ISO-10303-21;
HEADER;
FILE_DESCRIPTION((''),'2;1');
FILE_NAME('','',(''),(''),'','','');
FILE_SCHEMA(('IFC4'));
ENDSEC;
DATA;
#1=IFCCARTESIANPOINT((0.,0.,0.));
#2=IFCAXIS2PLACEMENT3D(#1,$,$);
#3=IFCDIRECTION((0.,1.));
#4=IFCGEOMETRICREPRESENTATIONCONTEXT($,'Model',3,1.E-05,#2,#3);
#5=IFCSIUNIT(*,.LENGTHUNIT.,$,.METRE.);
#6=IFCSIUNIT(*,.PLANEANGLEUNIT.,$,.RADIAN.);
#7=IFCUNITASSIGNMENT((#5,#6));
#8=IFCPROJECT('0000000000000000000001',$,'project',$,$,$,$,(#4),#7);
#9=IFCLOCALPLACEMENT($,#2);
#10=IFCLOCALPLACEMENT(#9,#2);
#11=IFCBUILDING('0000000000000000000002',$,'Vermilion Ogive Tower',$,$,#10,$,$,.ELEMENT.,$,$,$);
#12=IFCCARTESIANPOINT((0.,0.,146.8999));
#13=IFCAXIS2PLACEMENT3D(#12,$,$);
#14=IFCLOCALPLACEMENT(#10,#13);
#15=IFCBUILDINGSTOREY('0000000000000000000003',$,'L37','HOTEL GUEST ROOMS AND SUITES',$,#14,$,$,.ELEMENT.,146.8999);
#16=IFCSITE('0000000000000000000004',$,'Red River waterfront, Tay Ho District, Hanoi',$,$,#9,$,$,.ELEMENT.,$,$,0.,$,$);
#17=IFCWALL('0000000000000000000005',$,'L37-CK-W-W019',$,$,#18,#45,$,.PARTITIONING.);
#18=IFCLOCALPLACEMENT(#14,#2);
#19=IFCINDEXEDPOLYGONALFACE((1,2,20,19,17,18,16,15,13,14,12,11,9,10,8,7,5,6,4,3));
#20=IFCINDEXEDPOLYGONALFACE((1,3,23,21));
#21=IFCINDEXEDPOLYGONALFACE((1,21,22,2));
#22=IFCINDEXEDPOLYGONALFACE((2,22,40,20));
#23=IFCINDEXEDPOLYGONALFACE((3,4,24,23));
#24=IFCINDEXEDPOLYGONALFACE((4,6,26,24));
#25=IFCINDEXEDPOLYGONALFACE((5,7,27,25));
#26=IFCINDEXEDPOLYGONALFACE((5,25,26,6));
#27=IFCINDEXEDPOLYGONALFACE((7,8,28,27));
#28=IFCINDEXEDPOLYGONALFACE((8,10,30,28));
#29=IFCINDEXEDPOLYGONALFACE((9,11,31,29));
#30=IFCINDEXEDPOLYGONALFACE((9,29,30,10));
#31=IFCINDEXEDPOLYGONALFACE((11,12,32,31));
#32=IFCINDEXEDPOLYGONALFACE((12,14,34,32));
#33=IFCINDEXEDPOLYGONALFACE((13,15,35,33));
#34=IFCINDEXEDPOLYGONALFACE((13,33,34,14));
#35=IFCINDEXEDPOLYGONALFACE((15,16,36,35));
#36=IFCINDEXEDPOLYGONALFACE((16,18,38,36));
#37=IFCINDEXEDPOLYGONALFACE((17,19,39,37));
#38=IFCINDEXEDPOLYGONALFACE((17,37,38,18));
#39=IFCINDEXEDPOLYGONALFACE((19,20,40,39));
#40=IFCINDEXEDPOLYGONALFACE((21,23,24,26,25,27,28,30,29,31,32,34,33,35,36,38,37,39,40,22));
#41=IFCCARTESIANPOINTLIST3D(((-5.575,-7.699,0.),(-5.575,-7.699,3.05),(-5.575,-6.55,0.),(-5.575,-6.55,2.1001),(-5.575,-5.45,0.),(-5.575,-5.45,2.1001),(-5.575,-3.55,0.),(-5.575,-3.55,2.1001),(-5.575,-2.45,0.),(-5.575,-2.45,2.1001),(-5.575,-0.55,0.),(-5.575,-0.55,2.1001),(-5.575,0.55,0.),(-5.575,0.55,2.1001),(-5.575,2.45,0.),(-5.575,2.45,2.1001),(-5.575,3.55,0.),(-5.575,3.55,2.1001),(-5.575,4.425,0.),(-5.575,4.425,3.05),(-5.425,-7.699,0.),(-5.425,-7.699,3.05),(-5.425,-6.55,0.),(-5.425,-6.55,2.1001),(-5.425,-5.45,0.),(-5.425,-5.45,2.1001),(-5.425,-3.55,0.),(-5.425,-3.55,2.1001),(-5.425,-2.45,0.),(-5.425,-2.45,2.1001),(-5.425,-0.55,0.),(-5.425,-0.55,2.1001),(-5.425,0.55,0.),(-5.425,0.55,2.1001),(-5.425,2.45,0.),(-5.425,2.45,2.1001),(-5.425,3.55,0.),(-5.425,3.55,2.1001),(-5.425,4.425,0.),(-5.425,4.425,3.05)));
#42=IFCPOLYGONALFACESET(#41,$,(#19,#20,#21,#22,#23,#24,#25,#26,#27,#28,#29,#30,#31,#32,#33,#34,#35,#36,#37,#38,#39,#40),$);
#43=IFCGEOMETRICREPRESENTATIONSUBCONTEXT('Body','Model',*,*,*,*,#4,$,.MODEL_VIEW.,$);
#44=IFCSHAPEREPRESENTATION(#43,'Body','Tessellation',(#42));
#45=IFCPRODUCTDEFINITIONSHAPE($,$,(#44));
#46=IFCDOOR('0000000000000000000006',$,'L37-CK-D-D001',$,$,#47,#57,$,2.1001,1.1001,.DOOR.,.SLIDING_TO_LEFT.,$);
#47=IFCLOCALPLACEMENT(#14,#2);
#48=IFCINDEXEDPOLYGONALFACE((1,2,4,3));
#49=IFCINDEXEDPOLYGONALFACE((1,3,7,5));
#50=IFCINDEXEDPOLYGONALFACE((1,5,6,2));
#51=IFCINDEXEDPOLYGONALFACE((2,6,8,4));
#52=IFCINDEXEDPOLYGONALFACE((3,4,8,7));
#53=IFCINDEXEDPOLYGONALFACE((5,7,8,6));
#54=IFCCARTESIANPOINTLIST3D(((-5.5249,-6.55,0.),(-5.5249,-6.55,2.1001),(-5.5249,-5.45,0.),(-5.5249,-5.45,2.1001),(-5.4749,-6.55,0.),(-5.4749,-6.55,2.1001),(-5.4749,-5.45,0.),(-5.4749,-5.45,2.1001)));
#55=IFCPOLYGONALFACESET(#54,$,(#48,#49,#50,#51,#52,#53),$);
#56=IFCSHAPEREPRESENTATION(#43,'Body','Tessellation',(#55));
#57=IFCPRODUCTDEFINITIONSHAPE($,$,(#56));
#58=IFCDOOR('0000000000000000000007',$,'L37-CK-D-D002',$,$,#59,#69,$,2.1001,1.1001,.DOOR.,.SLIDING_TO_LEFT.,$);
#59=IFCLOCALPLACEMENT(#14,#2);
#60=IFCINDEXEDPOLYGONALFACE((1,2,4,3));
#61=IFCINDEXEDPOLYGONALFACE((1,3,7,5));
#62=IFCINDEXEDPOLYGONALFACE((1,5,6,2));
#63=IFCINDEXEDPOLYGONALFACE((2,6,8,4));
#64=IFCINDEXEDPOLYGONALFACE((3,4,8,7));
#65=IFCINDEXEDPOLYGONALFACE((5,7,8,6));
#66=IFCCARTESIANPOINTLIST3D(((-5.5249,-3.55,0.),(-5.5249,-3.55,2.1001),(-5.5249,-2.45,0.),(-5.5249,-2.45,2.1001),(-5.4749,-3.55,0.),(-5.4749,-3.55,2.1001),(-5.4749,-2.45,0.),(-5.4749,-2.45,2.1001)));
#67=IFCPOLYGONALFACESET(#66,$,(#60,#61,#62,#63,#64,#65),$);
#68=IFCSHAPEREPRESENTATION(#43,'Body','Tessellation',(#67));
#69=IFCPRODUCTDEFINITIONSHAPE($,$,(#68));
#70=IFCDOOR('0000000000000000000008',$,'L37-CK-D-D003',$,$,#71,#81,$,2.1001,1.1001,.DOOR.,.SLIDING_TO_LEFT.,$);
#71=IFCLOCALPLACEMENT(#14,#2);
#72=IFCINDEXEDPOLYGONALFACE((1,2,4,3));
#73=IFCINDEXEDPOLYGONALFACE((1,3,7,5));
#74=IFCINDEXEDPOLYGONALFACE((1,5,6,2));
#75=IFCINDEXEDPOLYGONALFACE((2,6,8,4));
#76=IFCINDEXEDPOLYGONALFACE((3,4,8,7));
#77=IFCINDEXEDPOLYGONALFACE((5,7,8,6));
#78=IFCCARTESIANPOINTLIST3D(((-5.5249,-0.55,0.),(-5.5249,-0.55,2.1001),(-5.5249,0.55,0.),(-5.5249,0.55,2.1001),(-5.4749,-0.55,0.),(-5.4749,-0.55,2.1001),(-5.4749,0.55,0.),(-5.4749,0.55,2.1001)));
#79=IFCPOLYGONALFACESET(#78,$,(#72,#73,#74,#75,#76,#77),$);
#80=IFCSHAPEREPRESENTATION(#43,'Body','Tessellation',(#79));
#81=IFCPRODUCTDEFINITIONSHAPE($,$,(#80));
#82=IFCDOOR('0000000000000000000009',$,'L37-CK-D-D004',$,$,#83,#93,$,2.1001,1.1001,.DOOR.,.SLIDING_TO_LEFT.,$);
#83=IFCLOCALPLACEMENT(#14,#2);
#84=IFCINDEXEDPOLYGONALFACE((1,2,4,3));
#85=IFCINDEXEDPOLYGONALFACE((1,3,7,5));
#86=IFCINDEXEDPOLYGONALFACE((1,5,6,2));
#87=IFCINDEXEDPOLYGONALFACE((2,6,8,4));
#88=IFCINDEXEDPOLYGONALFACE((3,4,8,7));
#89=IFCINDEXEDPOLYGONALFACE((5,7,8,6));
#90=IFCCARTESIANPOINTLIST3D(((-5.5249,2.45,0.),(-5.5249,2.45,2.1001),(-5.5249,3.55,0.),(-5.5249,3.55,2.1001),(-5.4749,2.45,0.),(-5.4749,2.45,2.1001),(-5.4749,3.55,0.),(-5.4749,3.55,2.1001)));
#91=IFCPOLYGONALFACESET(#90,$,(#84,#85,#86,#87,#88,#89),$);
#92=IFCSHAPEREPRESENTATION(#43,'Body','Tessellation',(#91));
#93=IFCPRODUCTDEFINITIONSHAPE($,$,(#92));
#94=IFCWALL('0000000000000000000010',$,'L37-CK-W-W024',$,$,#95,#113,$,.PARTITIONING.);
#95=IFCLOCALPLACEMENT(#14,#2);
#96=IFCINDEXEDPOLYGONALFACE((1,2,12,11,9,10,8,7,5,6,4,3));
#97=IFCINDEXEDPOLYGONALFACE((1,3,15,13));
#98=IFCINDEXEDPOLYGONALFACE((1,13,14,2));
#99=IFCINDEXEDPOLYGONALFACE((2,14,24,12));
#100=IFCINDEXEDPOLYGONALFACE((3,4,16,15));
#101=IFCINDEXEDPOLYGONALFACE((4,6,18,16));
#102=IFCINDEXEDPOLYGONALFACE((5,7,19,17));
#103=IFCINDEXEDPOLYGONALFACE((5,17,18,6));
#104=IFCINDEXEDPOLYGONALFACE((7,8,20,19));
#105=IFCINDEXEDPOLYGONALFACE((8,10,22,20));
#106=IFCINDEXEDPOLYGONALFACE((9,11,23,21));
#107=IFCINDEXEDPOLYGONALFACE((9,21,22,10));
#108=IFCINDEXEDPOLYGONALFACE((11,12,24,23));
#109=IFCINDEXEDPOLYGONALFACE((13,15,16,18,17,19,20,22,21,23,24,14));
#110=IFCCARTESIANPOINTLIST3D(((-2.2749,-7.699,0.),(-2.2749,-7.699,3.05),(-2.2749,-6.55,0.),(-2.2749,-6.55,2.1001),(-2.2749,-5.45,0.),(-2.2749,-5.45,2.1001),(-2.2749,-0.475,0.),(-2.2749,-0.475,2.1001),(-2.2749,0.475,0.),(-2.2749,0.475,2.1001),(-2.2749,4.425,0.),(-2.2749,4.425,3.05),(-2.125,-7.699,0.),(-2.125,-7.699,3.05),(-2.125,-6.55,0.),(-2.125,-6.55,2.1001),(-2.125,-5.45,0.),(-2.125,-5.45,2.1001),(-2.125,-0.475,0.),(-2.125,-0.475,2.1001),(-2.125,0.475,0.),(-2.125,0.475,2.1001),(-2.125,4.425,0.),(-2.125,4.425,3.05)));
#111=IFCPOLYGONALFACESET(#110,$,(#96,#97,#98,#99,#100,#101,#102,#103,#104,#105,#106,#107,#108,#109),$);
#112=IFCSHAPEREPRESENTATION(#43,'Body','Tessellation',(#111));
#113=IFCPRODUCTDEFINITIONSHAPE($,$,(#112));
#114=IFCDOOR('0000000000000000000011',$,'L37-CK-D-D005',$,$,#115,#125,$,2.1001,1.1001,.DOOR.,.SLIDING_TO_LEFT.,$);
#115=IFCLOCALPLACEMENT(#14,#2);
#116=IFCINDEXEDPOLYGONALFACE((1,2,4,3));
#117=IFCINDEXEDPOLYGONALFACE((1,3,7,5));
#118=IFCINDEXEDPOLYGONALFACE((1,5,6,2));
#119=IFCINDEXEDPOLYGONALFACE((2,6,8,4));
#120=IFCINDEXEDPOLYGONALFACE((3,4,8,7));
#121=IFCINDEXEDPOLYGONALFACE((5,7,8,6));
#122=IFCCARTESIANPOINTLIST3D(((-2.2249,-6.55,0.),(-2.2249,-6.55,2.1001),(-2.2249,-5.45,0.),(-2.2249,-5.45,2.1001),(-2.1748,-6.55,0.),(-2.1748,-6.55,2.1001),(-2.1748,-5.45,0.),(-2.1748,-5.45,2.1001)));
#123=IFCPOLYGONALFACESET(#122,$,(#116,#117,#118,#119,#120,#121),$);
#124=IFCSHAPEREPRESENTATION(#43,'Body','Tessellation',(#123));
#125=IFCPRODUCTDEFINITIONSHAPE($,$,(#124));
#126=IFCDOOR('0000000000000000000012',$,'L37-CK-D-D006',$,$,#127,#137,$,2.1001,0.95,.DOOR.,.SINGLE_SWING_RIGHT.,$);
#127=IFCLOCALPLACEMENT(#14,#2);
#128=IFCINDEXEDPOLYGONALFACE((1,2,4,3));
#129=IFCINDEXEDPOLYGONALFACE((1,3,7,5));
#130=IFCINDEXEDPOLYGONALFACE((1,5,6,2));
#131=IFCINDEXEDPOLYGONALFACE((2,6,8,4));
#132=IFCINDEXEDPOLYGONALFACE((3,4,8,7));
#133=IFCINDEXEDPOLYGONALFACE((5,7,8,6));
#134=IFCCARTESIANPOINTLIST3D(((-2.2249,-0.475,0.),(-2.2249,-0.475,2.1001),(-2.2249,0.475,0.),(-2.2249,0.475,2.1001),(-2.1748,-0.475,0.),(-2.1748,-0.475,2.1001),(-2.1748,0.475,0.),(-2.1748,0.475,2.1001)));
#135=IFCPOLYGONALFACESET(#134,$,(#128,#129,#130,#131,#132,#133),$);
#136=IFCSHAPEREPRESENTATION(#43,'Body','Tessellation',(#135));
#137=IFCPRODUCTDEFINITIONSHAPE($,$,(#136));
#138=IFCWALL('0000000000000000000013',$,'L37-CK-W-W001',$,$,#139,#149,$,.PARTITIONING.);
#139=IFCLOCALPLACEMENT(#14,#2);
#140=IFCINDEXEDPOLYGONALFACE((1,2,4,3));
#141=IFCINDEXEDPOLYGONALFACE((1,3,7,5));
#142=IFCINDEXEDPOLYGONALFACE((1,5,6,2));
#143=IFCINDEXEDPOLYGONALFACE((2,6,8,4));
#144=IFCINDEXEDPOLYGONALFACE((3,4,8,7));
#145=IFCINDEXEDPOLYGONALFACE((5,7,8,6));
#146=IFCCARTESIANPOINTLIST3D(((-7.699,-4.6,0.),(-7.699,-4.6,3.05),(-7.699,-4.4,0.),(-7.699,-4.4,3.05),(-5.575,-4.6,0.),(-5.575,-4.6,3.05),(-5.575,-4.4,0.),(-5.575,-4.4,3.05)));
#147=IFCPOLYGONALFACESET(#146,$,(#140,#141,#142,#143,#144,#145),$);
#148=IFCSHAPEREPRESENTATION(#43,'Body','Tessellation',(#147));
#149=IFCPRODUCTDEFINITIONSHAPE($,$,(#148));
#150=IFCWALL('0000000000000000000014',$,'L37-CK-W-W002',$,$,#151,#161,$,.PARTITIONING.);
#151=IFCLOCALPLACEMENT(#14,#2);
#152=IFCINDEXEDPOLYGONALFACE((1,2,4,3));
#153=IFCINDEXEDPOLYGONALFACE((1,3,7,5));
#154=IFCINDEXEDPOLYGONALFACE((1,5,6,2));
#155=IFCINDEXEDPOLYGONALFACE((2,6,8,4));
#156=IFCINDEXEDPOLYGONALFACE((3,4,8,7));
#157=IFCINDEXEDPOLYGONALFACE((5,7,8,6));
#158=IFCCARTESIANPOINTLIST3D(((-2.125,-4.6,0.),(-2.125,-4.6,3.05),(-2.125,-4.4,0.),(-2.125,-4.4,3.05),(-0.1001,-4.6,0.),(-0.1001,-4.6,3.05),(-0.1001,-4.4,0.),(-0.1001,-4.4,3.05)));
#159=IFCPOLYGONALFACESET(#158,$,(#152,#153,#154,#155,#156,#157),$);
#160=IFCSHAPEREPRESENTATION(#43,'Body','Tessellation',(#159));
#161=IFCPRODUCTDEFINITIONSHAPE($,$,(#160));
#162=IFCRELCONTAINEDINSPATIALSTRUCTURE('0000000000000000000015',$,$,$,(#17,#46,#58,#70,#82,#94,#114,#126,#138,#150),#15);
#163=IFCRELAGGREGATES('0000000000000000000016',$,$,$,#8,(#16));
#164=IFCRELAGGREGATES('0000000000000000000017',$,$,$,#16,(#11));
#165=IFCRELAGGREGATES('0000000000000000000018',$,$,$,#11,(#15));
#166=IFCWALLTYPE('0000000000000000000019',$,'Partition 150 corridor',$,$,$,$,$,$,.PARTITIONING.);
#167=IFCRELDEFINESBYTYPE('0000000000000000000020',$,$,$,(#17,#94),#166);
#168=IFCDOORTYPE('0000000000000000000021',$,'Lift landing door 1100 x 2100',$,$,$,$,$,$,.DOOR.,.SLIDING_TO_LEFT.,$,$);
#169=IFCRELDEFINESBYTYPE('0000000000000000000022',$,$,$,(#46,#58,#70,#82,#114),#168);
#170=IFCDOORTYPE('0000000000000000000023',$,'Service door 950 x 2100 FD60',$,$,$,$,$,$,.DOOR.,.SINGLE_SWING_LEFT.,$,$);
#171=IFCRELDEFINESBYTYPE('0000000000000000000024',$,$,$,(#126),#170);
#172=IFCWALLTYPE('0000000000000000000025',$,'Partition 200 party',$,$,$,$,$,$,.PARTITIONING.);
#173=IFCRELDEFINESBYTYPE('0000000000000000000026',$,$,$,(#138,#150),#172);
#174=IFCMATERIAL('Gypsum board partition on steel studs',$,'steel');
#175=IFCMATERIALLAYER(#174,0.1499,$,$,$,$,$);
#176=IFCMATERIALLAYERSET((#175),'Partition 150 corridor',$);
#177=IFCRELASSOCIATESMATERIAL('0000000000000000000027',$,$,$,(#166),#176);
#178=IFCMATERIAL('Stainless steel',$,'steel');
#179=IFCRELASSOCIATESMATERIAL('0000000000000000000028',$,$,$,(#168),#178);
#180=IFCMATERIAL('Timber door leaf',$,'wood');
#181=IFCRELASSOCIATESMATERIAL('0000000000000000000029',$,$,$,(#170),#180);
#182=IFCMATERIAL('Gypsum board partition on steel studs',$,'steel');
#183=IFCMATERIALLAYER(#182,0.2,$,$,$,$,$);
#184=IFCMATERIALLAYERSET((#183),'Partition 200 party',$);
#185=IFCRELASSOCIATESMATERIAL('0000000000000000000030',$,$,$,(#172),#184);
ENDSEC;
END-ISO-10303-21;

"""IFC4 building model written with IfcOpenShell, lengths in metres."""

from ifc_helpers import new_model, si_unit, direction, frame, frame_2d, origin, place, context, subcontext, project, spatial, rectangle, extrude, material, layer, layer_set, type_object, element, fill, save


model = new_model("IFC4")

# Units and contexts
model_context = context("Model", 3, precision=1e-05, world=origin(), true_north=direction((0.0, 1.0)))
body_context = subcontext(model_context, "Body", "Model", "MODEL_VIEW")
ifc_project = project(units=[si_unit("LENGTHUNIT", "METRE"), si_unit("PLANEANGLEUNIT", "RADIAN")], contexts=[model_context])

# Site, building, storey
site_placement = place(None, origin())
site = spatial("IfcSite", under=ifc_project, at=site_placement, Name="Red River waterfront, Tay Ho District, Hanoi", CompositionType="ELEMENT", RefElevation=0.0)
building_placement = place(site_placement, origin())
building = spatial("IfcBuilding", under=site, at=building_placement, Name="Vermilion Ogive Tower", CompositionType="ELEMENT")
storey_placement = place(building_placement, frame((0.0, 0.0, 146.8999)))
storey = spatial("IfcBuildingStorey", under=building, at=storey_placement, Name="L37", Description="HOTEL GUEST ROOMS AND SUITES", CompositionType="ELEMENT", Elevation=146.8999)

# Walls, openings, doors
ifc_material_1 = material(Name="Gypsum board partition on steel studs", Category="steel")
ifc_layer_1 = layer(ifc_material_1, 0.1499)
ifc_layer_set_1 = layer_set([ifc_layer_1], Name="Partition 150 corridor")
wall_type_1 = type_object("IfcWallType", Name="Partition 150 corridor", PredefinedType="PARTITIONING", material=ifc_layer_set_1)
wall_1_placement = place(storey_placement, frame((-5.5, -7.699, 0.0), z_axis=(0.0, 0.0, 1.0), x_axis=(0.0, 1.0, 0.0)))
wall_1 = element("IfcWall", 1, at=wall_1_placement, inside=storey, type_object=wall_type_1, Name="L37-CK-W-W019", PredefinedType="PARTITIONING", context=body_context, shape_type="SweptSolid", body=[
    extrude(rectangle(XDim=12.124, YDim=0.1499, at=frame_2d((6.062, 0.0))), origin(), (0.0, 0.0, 1.0), 3.05),
])
opening_1_placement = place(wall_1_placement, frame((1.1489, 0.0, 0.0)))
opening_1 = element("IfcOpeningElement", 2, at=opening_1_placement, cuts=wall_1, PredefinedType="OPENING", context=body_context, shape_type="SweptSolid", body=[
    extrude(rectangle(XDim=1.1001, YDim=2.1001, at=frame_2d((0.55, 1.05))), frame((0.0, 0.085, 0.0), z_axis=(0.0, -1.0, 0.0), x_axis=(1.0, 0.0, 0.0)), (0.0, 0.0, 1.0), 0.1699),
])
opening_2_placement = place(wall_1_placement, frame((4.1489, 0.0, 0.0)))
opening_2 = element("IfcOpeningElement", 3, at=opening_2_placement, cuts=wall_1, PredefinedType="OPENING", context=body_context, shape_type="SweptSolid", body=[
    extrude(rectangle(XDim=1.1001, YDim=2.1001, at=frame_2d((0.55, 1.05))), frame((0.0, 0.085, 0.0), z_axis=(0.0, -1.0, 0.0), x_axis=(1.0, 0.0, 0.0)), (0.0, 0.0, 1.0), 0.1699),
])
opening_3_placement = place(wall_1_placement, frame((7.1489, 0.0, 0.0)))
opening_3 = element("IfcOpeningElement", 4, at=opening_3_placement, cuts=wall_1, PredefinedType="OPENING", context=body_context, shape_type="SweptSolid", body=[
    extrude(rectangle(XDim=1.1001, YDim=2.1001, at=frame_2d((0.55, 1.05))), frame((0.0, 0.085, 0.0), z_axis=(0.0, -1.0, 0.0), x_axis=(1.0, 0.0, 0.0)), (0.0, 0.0, 1.0), 0.1699),
])
opening_4_placement = place(wall_1_placement, frame((10.1489, 0.0, 0.0)))
opening_4 = element("IfcOpeningElement", 5, at=opening_4_placement, cuts=wall_1, PredefinedType="OPENING", context=body_context, shape_type="SweptSolid", body=[
    extrude(rectangle(XDim=1.1001, YDim=2.1001, at=frame_2d((0.55, 1.05))), frame((0.0, 0.085, 0.0), z_axis=(0.0, -1.0, 0.0), x_axis=(1.0, 0.0, 0.0)), (0.0, 0.0, 1.0), 0.1699),
])
ifc_material_2 = material(Name="Stainless steel", Category="steel")
door_type_1 = type_object("IfcDoorType", Name="Lift landing door 1100 x 2100", OperationType="SLIDING_TO_LEFT", PredefinedType="DOOR", material=ifc_material_2)
door_1_placement = place(opening_1_placement, origin())
door_1 = element("IfcDoor", 6, at=door_1_placement, inside=storey, type_object=door_type_1, Name="L37-CK-D-D001", OperationType="SLIDING_TO_LEFT", OverallHeight=2.1001, OverallWidth=1.1001, PredefinedType="DOOR", context=body_context, shape_type="SweptSolid", body=[
    extrude(rectangle(XDim=1.1001, YDim=2.1001, at=frame_2d((0.55, 1.05))), frame((0.0, 0.0249, 0.0), z_axis=(0.0, -1.0, 0.0), x_axis=(1.0, 0.0, 0.0)), (0.0, 0.0, 1.0), 0.05),
])
fill(opening_1, door_1)
door_2_placement = place(opening_2_placement, origin())
door_2 = element("IfcDoor", 7, at=door_2_placement, inside=storey, type_object=door_type_1, Name="L37-CK-D-D002", OperationType="SLIDING_TO_LEFT", OverallHeight=2.1001, OverallWidth=1.1001, PredefinedType="DOOR", context=body_context, shape_type="SweptSolid", body=[
    extrude(rectangle(XDim=1.1001, YDim=2.1001, at=frame_2d((0.55, 1.05))), frame((0.0, 0.0249, 0.0), z_axis=(0.0, -1.0, 0.0), x_axis=(1.0, 0.0, 0.0)), (0.0, 0.0, 1.0), 0.05),
])
fill(opening_2, door_2)
door_3_placement = place(opening_3_placement, origin())
door_3 = element("IfcDoor", 8, at=door_3_placement, inside=storey, type_object=door_type_1, Name="L37-CK-D-D003", OperationType="SLIDING_TO_LEFT", OverallHeight=2.1001, OverallWidth=1.1001, PredefinedType="DOOR", context=body_context, shape_type="SweptSolid", body=[
    extrude(rectangle(XDim=1.1001, YDim=2.1001, at=frame_2d((0.55, 1.05))), frame((0.0, 0.0249, 0.0), z_axis=(0.0, -1.0, 0.0), x_axis=(1.0, 0.0, 0.0)), (0.0, 0.0, 1.0), 0.05),
])
fill(opening_3, door_3)
door_4_placement = place(opening_4_placement, origin())
door_4 = element("IfcDoor", 9, at=door_4_placement, inside=storey, type_object=door_type_1, Name="L37-CK-D-D004", OperationType="SLIDING_TO_LEFT", OverallHeight=2.1001, OverallWidth=1.1001, PredefinedType="DOOR", context=body_context, shape_type="SweptSolid", body=[
    extrude(rectangle(XDim=1.1001, YDim=2.1001, at=frame_2d((0.55, 1.05))), frame((0.0, 0.0249, 0.0), z_axis=(0.0, -1.0, 0.0), x_axis=(1.0, 0.0, 0.0)), (0.0, 0.0, 1.0), 0.05),
])
fill(opening_4, door_4)
wall_2_placement = place(storey_placement, frame((-2.2, -7.699, 0.0), z_axis=(0.0, 0.0, 1.0), x_axis=(0.0, 1.0, 0.0)))
wall_2 = element("IfcWall", 10, at=wall_2_placement, inside=storey, type_object=wall_type_1, Name="L37-CK-W-W024", PredefinedType="PARTITIONING", context=body_context, shape_type="SweptSolid", body=[
    extrude(rectangle(XDim=12.124, YDim=0.1499, at=frame_2d((6.062, 0.0))), origin(), (0.0, 0.0, 1.0), 3.05),
])
opening_5_placement = place(wall_2_placement, frame((1.1489, 0.0, 0.0)))
opening_5 = element("IfcOpeningElement", 11, at=opening_5_placement, cuts=wall_2, PredefinedType="OPENING", context=body_context, shape_type="SweptSolid", body=[
    extrude(rectangle(XDim=1.1001, YDim=2.1001, at=frame_2d((0.55, 1.05))), frame((0.0, 0.085, 0.0), z_axis=(0.0, -1.0, 0.0), x_axis=(1.0, 0.0, 0.0)), (0.0, 0.0, 1.0), 0.1699),
])
opening_6_placement = place(wall_2_placement, frame((7.2239, 0.0, 0.0)))
opening_6 = element("IfcOpeningElement", 12, at=opening_6_placement, cuts=wall_2, PredefinedType="OPENING", context=body_context, shape_type="SweptSolid", body=[
    extrude(rectangle(XDim=0.95, YDim=2.1001, at=frame_2d((0.4751, 1.05))), frame((0.0, 0.085, 0.0), z_axis=(0.0, -1.0, 0.0), x_axis=(1.0, 0.0, 0.0)), (0.0, 0.0, 1.0), 0.1699),
])
door_5_placement = place(opening_5_placement, origin())
door_5 = element("IfcDoor", 13, at=door_5_placement, inside=storey, type_object=door_type_1, Name="L37-CK-D-D005", OperationType="SLIDING_TO_LEFT", OverallHeight=2.1001, OverallWidth=1.1001, PredefinedType="DOOR", context=body_context, shape_type="SweptSolid", body=[
    extrude(rectangle(XDim=1.1001, YDim=2.1001, at=frame_2d((0.55, 1.05))), frame((0.0, 0.0249, 0.0), z_axis=(0.0, -1.0, 0.0), x_axis=(1.0, 0.0, 0.0)), (0.0, 0.0, 1.0), 0.05),
])
fill(opening_5, door_5)
ifc_material_3 = material(Name="Timber door leaf", Category="wood")
door_type_2 = type_object("IfcDoorType", Name="Service door 950 x 2100 FD60", OperationType="SINGLE_SWING_LEFT", PredefinedType="DOOR", material=ifc_material_3)
door_6_placement = place(opening_6_placement, origin())
door_6 = element("IfcDoor", 14, at=door_6_placement, inside=storey, type_object=door_type_2, Name="L37-CK-D-D006", OperationType="SINGLE_SWING_RIGHT", OverallHeight=2.1001, OverallWidth=0.95, PredefinedType="DOOR", context=body_context, shape_type="SweptSolid", body=[
    extrude(rectangle(XDim=0.95, YDim=2.1001, at=frame_2d((0.4751, 1.05))), frame((0.0, 0.0249, 0.0), z_axis=(0.0, -1.0, 0.0), x_axis=(1.0, 0.0, 0.0)), (0.0, 0.0, 1.0), 0.05),
])
fill(opening_6, door_6)

# Walls
ifc_material_4 = material(Name="Gypsum board partition on steel studs", Category="steel")
ifc_layer_2 = layer(ifc_material_4, 0.2)
ifc_layer_set_2 = layer_set([ifc_layer_2], Name="Partition 200 party")
wall_type_2 = type_object("IfcWallType", Name="Partition 200 party", PredefinedType="PARTITIONING", material=ifc_layer_set_2)
wall_3_placement = place(storey_placement, frame((-7.699, -4.5, 0.0), z_axis=(0.0, 0.0, 1.0), x_axis=(1.0, 0.0, 0.0)))
element("IfcWall", 15, at=wall_3_placement, inside=storey, type_object=wall_type_2, Name="L37-CK-W-W001", PredefinedType="PARTITIONING", context=body_context, shape_type="SweptSolid", body=[
    extrude(rectangle(XDim=2.124, YDim=0.2, at=frame_2d((1.062, 0.0))), origin(), (0.0, 0.0, 1.0), 3.05),
])
wall_4_placement = place(storey_placement, frame((-2.125, -4.5, 0.0), z_axis=(0.0, 0.0, 1.0), x_axis=(1.0, 0.0, 0.0)))
element("IfcWall", 16, at=wall_4_placement, inside=storey, type_object=wall_type_2, Name="L37-CK-W-W002", PredefinedType="PARTITIONING", context=body_context, shape_type="SweptSolid", body=[
    extrude(rectangle(XDim=2.0249, YDim=0.2, at=frame_2d((1.0125, 0.0))), origin(), (0.0, 0.0, 1.0), 3.05),
])

save(model, "model.ifc")
